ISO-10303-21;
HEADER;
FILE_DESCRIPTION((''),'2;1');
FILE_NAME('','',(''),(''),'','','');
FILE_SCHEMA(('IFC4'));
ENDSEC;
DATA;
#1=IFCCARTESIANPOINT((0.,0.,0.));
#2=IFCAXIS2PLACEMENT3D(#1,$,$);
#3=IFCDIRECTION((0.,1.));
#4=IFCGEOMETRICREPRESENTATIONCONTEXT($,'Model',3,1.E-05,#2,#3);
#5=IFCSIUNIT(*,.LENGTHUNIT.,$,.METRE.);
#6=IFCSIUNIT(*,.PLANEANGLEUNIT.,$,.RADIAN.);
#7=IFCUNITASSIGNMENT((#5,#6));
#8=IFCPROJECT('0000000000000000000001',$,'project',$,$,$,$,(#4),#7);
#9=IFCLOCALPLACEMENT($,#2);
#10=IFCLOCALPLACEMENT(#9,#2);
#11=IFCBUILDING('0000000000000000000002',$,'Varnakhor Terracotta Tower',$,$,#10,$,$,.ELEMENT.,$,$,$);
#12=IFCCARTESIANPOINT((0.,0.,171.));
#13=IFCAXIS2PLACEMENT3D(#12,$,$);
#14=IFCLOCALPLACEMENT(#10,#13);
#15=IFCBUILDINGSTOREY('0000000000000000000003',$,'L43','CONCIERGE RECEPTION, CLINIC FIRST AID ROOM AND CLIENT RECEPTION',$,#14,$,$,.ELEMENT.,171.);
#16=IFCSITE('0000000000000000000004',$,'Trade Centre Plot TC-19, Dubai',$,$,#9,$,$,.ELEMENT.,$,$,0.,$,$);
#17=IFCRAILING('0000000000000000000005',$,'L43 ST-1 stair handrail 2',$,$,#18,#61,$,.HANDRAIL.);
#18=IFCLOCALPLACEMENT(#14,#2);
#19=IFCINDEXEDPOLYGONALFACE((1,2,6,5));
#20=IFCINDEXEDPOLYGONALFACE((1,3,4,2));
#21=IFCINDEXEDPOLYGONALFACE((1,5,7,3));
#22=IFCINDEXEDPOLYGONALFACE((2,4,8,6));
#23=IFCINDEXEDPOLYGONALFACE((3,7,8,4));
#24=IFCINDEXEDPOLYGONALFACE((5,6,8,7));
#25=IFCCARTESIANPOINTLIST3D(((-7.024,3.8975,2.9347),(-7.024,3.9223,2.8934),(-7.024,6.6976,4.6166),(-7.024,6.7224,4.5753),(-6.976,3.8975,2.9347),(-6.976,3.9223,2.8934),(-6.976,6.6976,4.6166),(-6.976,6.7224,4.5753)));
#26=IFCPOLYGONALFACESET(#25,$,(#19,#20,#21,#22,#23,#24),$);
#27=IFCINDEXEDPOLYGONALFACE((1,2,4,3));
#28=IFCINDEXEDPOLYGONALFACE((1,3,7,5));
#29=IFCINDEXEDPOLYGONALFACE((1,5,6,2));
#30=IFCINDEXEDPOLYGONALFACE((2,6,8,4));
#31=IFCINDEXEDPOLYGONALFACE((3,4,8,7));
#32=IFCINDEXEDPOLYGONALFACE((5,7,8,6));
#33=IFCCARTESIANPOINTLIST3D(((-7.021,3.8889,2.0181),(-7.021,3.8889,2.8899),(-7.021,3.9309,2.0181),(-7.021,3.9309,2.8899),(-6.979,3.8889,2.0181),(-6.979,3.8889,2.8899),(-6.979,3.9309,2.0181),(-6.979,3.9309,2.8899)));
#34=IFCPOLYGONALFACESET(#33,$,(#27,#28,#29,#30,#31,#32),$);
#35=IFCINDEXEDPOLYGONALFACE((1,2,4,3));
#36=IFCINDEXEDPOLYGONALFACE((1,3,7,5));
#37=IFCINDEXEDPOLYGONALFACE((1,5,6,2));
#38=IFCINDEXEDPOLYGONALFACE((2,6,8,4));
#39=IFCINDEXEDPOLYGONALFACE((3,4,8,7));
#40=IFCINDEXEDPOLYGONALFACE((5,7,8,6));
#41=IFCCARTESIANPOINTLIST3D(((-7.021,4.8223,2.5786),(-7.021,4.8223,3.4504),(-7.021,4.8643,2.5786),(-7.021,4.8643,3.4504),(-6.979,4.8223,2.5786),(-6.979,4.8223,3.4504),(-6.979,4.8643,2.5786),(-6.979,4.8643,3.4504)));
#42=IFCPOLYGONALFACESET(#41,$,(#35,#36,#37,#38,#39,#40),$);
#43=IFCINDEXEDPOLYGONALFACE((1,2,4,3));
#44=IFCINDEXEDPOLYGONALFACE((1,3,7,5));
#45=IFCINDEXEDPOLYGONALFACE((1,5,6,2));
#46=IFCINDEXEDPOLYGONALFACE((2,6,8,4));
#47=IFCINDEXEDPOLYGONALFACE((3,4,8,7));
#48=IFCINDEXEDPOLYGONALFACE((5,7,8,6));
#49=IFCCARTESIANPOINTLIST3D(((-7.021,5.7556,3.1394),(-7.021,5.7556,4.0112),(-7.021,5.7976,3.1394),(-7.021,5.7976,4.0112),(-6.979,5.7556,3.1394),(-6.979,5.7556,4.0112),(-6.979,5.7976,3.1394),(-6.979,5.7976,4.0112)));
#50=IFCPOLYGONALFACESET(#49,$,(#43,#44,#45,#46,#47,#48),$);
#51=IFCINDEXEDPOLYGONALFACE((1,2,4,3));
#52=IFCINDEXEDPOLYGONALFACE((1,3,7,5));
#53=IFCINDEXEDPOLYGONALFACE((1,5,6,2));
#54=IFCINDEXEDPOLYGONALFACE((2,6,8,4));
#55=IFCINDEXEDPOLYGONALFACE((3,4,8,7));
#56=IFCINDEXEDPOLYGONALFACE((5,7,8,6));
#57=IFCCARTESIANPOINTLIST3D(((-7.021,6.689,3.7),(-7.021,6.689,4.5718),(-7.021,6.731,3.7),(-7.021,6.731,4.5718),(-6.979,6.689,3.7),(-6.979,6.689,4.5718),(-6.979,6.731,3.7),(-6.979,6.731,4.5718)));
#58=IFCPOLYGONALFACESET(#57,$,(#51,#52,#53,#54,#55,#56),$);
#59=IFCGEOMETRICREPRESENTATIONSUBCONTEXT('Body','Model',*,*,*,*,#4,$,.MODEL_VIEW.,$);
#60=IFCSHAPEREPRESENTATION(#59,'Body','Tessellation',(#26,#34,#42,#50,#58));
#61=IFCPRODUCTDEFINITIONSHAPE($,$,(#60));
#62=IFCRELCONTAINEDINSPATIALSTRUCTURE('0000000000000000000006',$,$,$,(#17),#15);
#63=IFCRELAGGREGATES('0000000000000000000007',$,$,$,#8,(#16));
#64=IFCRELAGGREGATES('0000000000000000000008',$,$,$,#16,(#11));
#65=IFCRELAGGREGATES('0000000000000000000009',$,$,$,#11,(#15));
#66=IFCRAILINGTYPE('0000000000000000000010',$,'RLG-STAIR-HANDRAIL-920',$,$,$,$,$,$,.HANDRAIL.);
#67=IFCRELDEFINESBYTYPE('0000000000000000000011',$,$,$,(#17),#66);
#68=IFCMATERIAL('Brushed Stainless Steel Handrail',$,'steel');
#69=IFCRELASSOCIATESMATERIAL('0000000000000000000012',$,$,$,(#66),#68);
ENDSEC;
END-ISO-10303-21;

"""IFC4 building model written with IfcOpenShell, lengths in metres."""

from ifc_helpers import new_model, si_unit, direction, frame, origin, origin_2d, place, context, subcontext, project, spatial, rectangle, extrude, material, type_object, element, save


model = new_model("IFC4")

# Units and contexts
model_context = context("Model", 3, precision=1e-05, world=origin(), true_north=direction((0.0, 1.0)))
body_context = subcontext(model_context, "Body", "Model", "MODEL_VIEW")
ifc_project = project(units=[si_unit("LENGTHUNIT", "METRE"), si_unit("PLANEANGLEUNIT", "RADIAN")], contexts=[model_context])

# Site, building, storey
site_placement = place(None, origin())
site = spatial("IfcSite", under=ifc_project, at=site_placement, Name="Trade Centre Plot TC-19, Dubai", CompositionType="ELEMENT", RefElevation=0.0)
building_placement = place(site_placement, origin())
building = spatial("IfcBuilding", under=site, at=building_placement, Name="Varnakhor Terracotta Tower", CompositionType="ELEMENT")
storey_placement = place(building_placement, frame((0.0, 0.0, 171.0)))
storey = spatial("IfcBuildingStorey", under=building, at=storey_placement, Name="L43", Description="CONCIERGE RECEPTION, CLINIC FIRST AID ROOM AND CLIENT RECEPTION", CompositionType="ELEMENT", Elevation=171.0)

# Railing
ifc_material_1 = material(Name="Brushed Stainless Steel Handrail", Category="steel")
railing_type_1 = type_object("IfcRailingType", Name="RLG-STAIR-HANDRAIL-920", PredefinedType="HANDRAIL", material=ifc_material_1)
railing_1_placement = place(storey_placement, frame((-7.0, 3.9099, 2.0181)))
element("IfcRailing", 1, at=railing_1_placement, inside=storey, type_object=railing_type_1, Name="L43 ST-1 stair handrail 2", PredefinedType="HANDRAIL", context=body_context, shape_type="SweptSolid", body=[
    extrude(rectangle(XDim=0.0481, YDim=0.0481, at=origin_2d()), frame((0.0, 0.0, 0.896), z_axis=(0.0, 0.857242, 0.514913), x_axis=(-1.0, 0.0, 0.0)), (0.0, 0.0, 1.0), 3.2664),
    extrude(rectangle(XDim=0.042, YDim=0.042, at=origin_2d()), origin(), (0.0, 0.0, 1.0), 0.8718),
    extrude(rectangle(XDim=0.042, YDim=0.042, at=origin_2d()), frame((0.0, 0.9333, 0.5605)), (0.0, 0.0, 1.0), 0.8718),
    extrude(rectangle(XDim=0.042, YDim=0.042, at=origin_2d()), frame((0.0, 1.8667, 1.1213)), (0.0, 0.0, 1.0), 0.8718),
    extrude(rectangle(XDim=0.042, YDim=0.042, at=origin_2d()), frame((0.0, 2.8, 1.6819)), (0.0, 0.0, 1.0), 0.8718),
])

save(model, "model.ifc")
